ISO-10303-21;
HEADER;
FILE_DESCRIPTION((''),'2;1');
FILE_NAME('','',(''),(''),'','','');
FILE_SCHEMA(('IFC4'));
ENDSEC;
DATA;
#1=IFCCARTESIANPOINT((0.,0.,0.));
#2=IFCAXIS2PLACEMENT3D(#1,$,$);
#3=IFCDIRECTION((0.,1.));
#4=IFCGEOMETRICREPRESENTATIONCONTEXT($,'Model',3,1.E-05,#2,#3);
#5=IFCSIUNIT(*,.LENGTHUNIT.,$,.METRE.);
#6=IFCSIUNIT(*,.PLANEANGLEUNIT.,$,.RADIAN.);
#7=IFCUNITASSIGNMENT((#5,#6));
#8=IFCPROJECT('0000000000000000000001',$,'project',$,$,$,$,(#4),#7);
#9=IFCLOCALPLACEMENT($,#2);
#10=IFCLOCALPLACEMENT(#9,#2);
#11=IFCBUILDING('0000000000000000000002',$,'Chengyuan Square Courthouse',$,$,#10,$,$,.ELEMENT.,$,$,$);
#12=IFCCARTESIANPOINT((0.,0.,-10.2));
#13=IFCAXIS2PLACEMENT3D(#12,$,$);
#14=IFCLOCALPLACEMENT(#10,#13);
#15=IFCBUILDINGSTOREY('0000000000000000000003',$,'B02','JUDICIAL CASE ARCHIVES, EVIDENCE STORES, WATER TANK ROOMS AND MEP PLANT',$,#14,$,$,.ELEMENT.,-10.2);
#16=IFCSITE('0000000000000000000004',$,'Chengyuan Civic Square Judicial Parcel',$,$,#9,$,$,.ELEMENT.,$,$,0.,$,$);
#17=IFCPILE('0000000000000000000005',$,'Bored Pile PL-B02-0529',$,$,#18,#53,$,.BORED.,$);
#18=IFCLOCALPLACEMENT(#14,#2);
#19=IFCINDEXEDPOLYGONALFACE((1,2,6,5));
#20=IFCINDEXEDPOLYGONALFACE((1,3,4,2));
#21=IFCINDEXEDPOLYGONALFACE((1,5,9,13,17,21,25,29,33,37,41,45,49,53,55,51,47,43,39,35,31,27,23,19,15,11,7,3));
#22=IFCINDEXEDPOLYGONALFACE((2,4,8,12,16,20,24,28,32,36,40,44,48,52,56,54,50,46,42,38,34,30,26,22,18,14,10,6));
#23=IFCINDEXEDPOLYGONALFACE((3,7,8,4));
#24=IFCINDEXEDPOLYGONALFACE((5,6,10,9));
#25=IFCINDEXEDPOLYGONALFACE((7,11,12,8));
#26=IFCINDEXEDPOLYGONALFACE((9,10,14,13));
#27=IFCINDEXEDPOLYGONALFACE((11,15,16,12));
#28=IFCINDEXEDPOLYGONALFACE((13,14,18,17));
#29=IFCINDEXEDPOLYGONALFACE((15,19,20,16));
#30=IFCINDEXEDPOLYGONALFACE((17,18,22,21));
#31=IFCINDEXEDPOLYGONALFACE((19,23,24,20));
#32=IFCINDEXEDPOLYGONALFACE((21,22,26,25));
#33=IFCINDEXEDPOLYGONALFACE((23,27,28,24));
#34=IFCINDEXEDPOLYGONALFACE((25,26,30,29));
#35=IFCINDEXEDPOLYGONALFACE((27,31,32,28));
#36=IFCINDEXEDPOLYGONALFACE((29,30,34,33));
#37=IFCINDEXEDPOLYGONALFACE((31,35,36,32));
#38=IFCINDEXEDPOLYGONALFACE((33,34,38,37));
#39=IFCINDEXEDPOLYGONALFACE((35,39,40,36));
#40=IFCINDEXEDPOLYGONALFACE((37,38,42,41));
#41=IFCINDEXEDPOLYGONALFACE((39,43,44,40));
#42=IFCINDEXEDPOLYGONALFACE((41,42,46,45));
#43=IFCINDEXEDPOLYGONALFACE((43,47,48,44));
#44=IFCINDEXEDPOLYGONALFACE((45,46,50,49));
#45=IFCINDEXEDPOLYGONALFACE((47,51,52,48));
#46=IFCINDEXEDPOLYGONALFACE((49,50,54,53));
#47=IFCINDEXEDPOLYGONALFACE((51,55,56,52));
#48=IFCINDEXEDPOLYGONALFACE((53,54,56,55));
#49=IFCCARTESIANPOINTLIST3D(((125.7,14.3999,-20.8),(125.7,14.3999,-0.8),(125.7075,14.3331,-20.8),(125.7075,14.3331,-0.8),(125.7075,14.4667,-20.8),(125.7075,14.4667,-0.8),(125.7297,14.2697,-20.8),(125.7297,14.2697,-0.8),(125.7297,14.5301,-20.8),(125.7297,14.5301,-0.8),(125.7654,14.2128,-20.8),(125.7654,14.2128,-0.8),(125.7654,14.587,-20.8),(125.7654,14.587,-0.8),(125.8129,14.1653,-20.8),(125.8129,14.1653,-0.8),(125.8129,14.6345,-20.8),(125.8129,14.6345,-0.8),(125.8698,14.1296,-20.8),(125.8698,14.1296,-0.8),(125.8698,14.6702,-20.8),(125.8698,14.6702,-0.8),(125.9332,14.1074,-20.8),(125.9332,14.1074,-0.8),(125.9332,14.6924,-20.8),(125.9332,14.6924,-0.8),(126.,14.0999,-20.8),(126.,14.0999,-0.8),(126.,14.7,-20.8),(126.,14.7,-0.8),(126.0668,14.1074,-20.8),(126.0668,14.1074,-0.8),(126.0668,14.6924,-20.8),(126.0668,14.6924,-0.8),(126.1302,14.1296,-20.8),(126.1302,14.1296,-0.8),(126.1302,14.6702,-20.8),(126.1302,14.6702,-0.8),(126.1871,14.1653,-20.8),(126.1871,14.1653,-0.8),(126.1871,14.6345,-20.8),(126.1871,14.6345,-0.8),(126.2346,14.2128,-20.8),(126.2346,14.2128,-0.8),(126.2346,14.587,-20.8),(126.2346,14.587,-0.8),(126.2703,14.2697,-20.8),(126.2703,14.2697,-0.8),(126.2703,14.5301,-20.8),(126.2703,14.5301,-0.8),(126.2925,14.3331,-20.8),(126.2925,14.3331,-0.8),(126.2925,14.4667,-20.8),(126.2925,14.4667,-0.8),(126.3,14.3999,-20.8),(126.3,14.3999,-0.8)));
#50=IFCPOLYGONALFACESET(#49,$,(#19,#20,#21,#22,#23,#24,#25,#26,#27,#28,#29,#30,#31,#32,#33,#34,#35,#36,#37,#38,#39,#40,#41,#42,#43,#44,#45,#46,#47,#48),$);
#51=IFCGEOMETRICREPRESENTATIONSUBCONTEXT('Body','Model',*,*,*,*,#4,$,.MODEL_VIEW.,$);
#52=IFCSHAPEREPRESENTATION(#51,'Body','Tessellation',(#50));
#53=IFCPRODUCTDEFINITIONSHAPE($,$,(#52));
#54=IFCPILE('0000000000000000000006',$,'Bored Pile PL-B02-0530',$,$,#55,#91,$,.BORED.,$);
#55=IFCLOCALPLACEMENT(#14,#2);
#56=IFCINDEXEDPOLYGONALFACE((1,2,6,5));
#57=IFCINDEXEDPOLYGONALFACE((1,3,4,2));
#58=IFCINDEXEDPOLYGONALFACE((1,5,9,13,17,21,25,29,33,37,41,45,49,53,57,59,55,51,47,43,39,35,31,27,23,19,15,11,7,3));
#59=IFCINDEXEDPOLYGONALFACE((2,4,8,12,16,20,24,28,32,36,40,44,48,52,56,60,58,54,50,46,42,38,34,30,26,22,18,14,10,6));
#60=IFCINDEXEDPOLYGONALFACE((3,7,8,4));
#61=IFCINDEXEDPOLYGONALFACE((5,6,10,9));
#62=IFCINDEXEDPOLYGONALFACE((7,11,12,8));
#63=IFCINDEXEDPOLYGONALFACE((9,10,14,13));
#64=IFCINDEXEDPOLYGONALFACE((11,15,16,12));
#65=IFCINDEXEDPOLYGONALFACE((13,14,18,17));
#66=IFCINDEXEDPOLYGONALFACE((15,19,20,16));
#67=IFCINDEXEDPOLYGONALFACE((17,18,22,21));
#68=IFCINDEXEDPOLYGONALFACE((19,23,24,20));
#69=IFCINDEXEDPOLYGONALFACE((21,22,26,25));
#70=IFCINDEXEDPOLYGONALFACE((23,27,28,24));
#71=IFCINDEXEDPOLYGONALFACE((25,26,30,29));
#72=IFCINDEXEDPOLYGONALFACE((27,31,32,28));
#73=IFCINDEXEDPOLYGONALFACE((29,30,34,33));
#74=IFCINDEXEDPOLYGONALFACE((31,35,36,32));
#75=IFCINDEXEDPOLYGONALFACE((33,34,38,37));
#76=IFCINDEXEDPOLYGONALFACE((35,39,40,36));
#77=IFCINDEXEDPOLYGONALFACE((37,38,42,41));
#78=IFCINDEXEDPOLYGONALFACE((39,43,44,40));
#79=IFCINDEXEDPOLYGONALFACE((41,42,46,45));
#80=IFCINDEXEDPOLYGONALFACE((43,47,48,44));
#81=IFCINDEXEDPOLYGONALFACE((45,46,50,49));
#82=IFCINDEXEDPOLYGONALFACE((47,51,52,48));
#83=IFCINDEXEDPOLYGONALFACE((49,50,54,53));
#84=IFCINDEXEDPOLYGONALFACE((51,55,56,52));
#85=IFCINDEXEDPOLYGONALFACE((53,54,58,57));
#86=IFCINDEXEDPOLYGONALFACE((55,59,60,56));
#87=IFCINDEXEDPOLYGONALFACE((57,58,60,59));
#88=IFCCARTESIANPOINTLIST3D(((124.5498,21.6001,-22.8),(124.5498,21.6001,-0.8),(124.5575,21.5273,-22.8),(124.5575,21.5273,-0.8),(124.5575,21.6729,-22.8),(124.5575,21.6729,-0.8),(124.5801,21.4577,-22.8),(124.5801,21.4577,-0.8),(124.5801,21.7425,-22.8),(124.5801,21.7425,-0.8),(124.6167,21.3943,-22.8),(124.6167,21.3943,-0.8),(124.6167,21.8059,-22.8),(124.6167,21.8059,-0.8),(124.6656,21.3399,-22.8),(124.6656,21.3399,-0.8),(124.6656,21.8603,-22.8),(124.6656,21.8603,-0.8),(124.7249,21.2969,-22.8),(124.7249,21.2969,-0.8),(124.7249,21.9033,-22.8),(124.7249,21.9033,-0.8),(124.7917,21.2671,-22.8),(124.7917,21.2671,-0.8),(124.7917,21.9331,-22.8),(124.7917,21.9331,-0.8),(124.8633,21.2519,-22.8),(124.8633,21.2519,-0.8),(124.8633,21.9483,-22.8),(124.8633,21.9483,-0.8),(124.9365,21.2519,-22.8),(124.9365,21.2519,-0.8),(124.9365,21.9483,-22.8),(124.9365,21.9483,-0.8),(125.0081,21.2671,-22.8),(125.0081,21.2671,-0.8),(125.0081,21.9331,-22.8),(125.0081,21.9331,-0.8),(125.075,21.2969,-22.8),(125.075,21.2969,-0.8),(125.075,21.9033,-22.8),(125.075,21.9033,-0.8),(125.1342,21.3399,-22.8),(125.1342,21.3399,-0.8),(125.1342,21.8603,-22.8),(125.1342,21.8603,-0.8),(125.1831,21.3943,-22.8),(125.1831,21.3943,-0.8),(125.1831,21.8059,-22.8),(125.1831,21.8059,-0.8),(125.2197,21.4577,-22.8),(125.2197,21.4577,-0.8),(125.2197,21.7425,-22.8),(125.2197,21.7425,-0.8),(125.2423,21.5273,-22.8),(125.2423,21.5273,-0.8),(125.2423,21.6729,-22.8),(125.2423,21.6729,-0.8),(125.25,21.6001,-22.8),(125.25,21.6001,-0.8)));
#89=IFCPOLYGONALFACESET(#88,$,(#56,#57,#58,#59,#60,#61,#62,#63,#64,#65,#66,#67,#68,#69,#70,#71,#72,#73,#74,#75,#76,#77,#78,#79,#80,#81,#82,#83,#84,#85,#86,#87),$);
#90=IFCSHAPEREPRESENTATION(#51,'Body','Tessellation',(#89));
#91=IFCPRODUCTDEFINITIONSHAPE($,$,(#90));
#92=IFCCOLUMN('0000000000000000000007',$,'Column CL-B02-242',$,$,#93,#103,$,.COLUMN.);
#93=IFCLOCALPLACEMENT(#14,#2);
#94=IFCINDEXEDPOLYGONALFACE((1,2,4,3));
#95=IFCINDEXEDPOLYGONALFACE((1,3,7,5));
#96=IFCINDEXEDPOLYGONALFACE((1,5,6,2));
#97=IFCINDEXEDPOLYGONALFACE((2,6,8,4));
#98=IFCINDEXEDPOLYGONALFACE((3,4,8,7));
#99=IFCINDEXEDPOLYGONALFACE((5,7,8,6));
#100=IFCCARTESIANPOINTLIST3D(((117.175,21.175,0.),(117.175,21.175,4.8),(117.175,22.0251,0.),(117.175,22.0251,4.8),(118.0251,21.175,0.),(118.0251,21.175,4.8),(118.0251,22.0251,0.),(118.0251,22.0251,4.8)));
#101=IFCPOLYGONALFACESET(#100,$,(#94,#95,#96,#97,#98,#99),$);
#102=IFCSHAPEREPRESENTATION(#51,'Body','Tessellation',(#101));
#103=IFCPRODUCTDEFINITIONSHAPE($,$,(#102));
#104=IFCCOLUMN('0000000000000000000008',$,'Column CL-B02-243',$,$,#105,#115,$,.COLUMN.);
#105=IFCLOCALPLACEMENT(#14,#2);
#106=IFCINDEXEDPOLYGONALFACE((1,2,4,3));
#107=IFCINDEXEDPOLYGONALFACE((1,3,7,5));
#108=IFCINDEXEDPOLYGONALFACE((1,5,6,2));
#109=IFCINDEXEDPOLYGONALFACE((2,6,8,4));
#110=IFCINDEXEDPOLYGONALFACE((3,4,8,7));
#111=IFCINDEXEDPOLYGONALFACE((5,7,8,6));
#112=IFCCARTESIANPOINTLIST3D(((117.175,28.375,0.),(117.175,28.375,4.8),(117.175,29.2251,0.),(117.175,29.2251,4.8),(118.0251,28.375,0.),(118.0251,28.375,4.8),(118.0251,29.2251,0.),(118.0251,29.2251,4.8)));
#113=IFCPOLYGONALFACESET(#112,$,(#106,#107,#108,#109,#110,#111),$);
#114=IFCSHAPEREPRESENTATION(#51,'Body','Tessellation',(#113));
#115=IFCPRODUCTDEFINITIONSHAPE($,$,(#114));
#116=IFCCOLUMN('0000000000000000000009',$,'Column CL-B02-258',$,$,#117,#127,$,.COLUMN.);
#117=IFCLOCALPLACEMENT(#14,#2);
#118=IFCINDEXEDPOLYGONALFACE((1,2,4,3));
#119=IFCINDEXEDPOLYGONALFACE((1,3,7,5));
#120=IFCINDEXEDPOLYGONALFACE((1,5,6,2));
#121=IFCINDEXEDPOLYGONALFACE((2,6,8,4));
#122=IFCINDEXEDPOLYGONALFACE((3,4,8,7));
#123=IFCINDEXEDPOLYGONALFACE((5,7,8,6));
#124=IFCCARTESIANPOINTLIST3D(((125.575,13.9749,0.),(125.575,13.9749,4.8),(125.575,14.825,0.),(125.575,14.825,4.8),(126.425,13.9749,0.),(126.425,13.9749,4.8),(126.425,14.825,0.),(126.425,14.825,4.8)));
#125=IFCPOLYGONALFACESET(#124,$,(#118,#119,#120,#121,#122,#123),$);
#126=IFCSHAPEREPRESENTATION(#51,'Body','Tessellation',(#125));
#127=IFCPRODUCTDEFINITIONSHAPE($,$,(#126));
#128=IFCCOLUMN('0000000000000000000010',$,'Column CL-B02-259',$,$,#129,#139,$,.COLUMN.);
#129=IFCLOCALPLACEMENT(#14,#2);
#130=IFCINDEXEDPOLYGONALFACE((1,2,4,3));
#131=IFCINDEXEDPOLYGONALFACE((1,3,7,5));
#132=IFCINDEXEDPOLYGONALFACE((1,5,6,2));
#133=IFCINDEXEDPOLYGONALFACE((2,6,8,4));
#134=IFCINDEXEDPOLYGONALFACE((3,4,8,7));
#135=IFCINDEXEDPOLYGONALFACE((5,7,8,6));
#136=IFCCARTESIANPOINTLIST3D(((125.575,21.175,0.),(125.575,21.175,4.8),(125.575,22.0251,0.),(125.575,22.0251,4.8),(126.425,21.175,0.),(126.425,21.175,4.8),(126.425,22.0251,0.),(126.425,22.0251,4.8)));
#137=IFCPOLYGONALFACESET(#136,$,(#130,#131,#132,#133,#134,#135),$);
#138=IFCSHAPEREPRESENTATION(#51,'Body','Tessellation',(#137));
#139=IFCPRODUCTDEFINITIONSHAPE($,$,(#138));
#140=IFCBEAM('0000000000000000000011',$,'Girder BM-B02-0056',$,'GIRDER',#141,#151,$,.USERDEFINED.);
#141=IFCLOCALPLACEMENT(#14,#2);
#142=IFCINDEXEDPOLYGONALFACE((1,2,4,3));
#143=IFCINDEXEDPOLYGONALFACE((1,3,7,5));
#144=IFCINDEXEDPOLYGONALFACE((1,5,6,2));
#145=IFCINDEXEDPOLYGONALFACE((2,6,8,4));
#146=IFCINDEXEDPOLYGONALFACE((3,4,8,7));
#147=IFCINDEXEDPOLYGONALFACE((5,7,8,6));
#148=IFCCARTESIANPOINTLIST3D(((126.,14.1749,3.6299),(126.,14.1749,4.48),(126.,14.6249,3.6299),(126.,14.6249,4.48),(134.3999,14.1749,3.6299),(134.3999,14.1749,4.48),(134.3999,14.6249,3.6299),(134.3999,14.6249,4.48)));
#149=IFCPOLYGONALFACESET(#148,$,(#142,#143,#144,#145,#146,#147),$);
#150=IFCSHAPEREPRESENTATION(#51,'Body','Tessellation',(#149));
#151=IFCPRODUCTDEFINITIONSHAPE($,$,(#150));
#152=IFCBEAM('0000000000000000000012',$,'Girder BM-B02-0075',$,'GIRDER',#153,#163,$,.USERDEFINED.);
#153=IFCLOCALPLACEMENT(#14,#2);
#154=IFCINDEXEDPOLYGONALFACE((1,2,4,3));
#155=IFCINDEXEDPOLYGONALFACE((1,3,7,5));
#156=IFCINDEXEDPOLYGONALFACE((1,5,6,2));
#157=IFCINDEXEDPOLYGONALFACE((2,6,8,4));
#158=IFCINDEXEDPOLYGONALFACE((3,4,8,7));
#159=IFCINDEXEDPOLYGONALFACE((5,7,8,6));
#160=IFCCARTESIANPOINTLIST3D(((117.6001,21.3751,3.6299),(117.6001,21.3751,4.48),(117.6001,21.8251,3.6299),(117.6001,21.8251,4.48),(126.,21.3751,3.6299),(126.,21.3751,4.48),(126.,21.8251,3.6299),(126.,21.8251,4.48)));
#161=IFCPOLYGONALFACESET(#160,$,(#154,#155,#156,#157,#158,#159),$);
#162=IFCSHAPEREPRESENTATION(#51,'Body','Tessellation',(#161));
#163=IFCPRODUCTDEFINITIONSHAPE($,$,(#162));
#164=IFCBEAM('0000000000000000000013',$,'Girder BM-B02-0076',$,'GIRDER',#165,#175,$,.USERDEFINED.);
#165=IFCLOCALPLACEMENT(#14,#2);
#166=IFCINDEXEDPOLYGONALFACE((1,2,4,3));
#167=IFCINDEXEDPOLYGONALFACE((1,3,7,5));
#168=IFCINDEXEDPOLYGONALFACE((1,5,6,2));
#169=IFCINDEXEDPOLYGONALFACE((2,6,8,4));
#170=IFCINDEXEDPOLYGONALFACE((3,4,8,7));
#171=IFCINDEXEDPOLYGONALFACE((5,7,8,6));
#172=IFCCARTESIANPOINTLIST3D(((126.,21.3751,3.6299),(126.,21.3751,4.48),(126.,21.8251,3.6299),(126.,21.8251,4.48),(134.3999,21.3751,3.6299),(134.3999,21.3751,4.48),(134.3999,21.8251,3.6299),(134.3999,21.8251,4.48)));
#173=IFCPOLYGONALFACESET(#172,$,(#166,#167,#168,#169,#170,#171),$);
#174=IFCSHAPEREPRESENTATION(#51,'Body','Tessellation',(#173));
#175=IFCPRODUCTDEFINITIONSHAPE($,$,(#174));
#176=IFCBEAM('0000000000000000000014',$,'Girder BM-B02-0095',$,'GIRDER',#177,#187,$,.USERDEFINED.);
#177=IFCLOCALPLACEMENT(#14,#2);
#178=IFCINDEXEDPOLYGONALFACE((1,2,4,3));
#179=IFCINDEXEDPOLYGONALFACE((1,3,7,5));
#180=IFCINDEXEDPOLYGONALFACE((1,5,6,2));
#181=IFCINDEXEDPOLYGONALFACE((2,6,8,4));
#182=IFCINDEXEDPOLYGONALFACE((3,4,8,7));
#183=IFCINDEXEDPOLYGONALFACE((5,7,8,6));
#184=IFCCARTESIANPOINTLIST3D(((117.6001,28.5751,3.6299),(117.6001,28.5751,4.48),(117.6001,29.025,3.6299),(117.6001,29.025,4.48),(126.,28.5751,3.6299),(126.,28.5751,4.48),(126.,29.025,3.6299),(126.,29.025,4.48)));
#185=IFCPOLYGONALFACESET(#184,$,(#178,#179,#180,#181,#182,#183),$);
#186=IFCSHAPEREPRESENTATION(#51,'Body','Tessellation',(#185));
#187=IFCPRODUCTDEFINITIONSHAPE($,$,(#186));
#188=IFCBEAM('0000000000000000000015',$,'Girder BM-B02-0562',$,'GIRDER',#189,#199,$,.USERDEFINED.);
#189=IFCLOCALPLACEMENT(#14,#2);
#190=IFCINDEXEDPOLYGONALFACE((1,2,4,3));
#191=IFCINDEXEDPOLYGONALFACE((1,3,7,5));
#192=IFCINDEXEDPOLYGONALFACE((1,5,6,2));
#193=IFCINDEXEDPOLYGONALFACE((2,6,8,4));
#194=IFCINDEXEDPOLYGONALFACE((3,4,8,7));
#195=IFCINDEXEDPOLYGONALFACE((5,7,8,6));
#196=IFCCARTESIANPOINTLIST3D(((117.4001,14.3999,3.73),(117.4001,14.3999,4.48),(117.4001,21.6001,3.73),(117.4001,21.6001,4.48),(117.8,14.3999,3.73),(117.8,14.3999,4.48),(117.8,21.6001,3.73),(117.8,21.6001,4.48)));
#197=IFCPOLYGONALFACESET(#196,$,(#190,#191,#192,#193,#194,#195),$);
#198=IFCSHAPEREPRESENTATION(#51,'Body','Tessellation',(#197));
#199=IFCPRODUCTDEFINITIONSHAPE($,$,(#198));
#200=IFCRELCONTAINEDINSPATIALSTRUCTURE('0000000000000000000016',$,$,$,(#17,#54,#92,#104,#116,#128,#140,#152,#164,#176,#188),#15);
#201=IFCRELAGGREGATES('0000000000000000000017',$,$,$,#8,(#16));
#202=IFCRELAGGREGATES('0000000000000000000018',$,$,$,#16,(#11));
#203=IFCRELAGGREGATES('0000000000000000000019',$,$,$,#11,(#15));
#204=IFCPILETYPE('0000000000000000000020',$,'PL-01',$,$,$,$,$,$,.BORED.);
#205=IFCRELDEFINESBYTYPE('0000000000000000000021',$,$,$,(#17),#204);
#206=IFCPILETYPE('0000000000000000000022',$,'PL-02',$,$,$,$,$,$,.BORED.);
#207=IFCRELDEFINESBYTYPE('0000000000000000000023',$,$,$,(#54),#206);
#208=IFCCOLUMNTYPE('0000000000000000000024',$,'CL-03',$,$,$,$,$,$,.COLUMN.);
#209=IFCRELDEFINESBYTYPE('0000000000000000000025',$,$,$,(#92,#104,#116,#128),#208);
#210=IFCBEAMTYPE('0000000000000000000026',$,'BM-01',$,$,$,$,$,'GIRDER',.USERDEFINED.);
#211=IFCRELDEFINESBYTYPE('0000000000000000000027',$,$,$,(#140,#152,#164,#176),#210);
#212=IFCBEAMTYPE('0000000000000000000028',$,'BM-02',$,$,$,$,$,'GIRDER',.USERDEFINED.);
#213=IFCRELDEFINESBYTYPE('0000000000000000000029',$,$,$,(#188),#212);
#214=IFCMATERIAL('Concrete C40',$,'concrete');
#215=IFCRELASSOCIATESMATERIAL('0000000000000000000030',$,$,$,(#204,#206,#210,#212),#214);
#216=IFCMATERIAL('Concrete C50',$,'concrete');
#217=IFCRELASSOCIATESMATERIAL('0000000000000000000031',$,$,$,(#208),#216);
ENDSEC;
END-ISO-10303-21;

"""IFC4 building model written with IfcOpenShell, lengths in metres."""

from ifc_helpers import new_model, si_unit, direction, frame, origin, origin_2d, place, context, subcontext, project, spatial, rectangle, circle, extrude, material, material_profile, profile_set, type_object, element, save


model = new_model("IFC4")

# Units and contexts
model_context = context("Model", 3, precision=1e-05, world=origin(), true_north=direction((0.0, 1.0)))
body_context = subcontext(model_context, "Body", "Model", "MODEL_VIEW")
ifc_project = project(units=[si_unit("LENGTHUNIT", "METRE"), si_unit("PLANEANGLEUNIT", "RADIAN")], contexts=[model_context])

# Site, building, storey
site_placement = place(None, origin())
site = spatial("IfcSite", under=ifc_project, at=site_placement, Name="Chengyuan Civic Square Judicial Parcel", CompositionType="ELEMENT", RefElevation=0.0)
building_placement = place(site_placement, origin())
building = spatial("IfcBuilding", under=site, at=building_placement, Name="Chengyuan Square Courthouse", CompositionType="ELEMENT")
storey_placement = place(building_placement, frame((0.0, 0.0, -10.2)))
storey = spatial("IfcBuildingStorey", under=building, at=storey_placement, Name="B02", Description="JUDICIAL CASE ARCHIVES, EVIDENCE STORES, WATER TANK ROOMS AND MEP PLANT", CompositionType="ELEMENT", Elevation=-10.2)

# Shared definitions
ifc_material_1 = material(Name="Concrete C40", Category="concrete")

# Piles
ifc_material_profile_1 = material_profile(ifc_material_1, circle(Radius=0.3, at=origin_2d()), Name="BORED PILE D600")
ifc_profile_set_1 = profile_set([ifc_material_profile_1], Name="Concrete C40")
pile_type_1 = type_object("IfcPileType", Name="PL-01", PredefinedType="BORED", material=ifc_profile_set_1)
for number, where, z_axis, x_axis, name in (
    (1, (126.0, 14.3999, -0.8), (0.0, 0.0, -1.0), (1.0, 0.0, 0.0), "Bored Pile PL-B02-0529"),
):
    element("IfcPile", number, at=place(storey_placement, frame(where, z_axis=z_axis, x_axis=x_axis)), inside=storey, type_object=pile_type_1, Name=name, PredefinedType="BORED", context=body_context, shape_type="SweptSolid", body=[
        extrude(circle(Radius=0.3, at=origin_2d()), origin(), (0.0, 0.0, 1.0), 20.0),
    ])
ifc_material_profile_2 = material_profile(ifc_material_1, circle(Radius=0.3501, at=origin_2d()), Name="BORED PILE D700")
ifc_profile_set_2 = profile_set([ifc_material_profile_2], Name="Concrete C40")
pile_type_2 = type_object("IfcPileType", Name="PL-02", PredefinedType="BORED", material=ifc_profile_set_2)
pile_placement = place(storey_placement, frame((124.8999, 21.6001, -0.8), z_axis=(0.0, 0.0, -1.0), x_axis=(1.0, 0.0, 0.0)))
element("IfcPile", 2, at=pile_placement, inside=storey, type_object=pile_type_2, Name="Bored Pile PL-B02-0530", PredefinedType="BORED", context=body_context, shape_type="SweptSolid", body=[
    extrude(circle(Radius=0.3501, at=origin_2d()), origin(), (0.0, 0.0, 1.0), 22.0),
])

# Columns
ifc_material_2 = material(Name="Concrete C50", Category="concrete")
ifc_material_profile_3 = material_profile(ifc_material_2, rectangle(XDim=0.8501, YDim=0.8501, at=origin_2d()), Name="RC-COL-850x850")
ifc_profile_set_3 = profile_set([ifc_material_profile_3], Name="Concrete C50")
column_type = type_object("IfcColumnType", Name="CL-03", PredefinedType="COLUMN", material=ifc_profile_set_3)
for number, where, z_axis, x_axis, name in (
    (3, (117.6001, 21.6001, 0.0), (0.0, 0.0, 1.0), (1.0, 0.0, 0.0), "Column CL-B02-242"),
    (4, (117.6001, 28.8, 0.0), (0.0, 0.0, 1.0), (1.0, 0.0, 0.0), "Column CL-B02-243"),
    (5, (126.0, 14.3999, 0.0), (0.0, 0.0, 1.0), (1.0, 0.0, 0.0), "Column CL-B02-258"),
    (6, (126.0, 21.6001, 0.0), (0.0, 0.0, 1.0), (1.0, 0.0, 0.0), "Column CL-B02-259"),
):
    element("IfcColumn", number, at=place(storey_placement, frame(where, z_axis=z_axis, x_axis=x_axis)), inside=storey, type_object=column_type, Name=name, PredefinedType="COLUMN", context=body_context, shape_type="SweptSolid", body=[
        extrude(rectangle(XDim=0.8501, YDim=0.8501, at=origin_2d()), origin(), (0.0, 0.0, 1.0), 4.8),
    ])

# Beams
ifc_material_profile_4 = material_profile(ifc_material_1, rectangle(XDim=0.45, YDim=0.8501, at=origin_2d()), Name="RC-BM-450x850")
ifc_profile_set_4 = profile_set([ifc_material_profile_4], Name="Concrete C40")
beam_type_1 = type_object("IfcBeamType", Name="BM-01", ElementType="GIRDER", PredefinedType="USERDEFINED", material=ifc_profile_set_4)
for number, where, z_axis, x_axis, name in (
    (7, (126.0, 14.3999, 4.0549), (1.0, 0.0, 0.0), (0.0, 1.0, 0.0), "Girder BM-B02-0056"),
    (8, (117.6001, 21.6001, 4.0549), (1.0, 0.0, 0.0), (0.0, 1.0, 0.0), "Girder BM-B02-0075"),
    (9, (126.0, 21.6001, 4.0549), (1.0, 0.0, 0.0), (0.0, 1.0, 0.0), "Girder BM-B02-0076"),
    (10, (117.6001, 28.8, 4.0549), (1.0, 0.0, 0.0), (0.0, 1.0, 0.0), "Girder BM-B02-0095"),
):
    element("IfcBeam", number, at=place(storey_placement, frame(where, z_axis=z_axis, x_axis=x_axis)), inside=storey, type_object=beam_type_1, Name=name, ObjectType="GIRDER", PredefinedType="USERDEFINED", context=body_context, shape_type="SweptSolid", body=[
        extrude(rectangle(XDim=0.45, YDim=0.8501, at=origin_2d()), origin(), (0.0, 0.0, 1.0), 8.3999),
    ])
ifc_material_profile_5 = material_profile(ifc_material_1, rectangle(XDim=0.3999, YDim=0.75, at=origin_2d()), Name="RC-BM-400x750")
ifc_profile_set_5 = profile_set([ifc_material_profile_5], Name="Concrete C40")
beam_type_2 = type_object("IfcBeamType", Name="BM-02", ElementType="GIRDER", PredefinedType="USERDEFINED", material=ifc_profile_set_5)
beam_1_placement = place(storey_placement, frame((117.6001, 14.3999, 4.105), z_axis=(0.0, 1.0, 0.0), x_axis=(-1.0, 0.0, 0.0)))
element("IfcBeam", 11, at=beam_1_placement, inside=storey, type_object=beam_type_2, Name="Girder BM-B02-0562", ObjectType="GIRDER", PredefinedType="USERDEFINED", context=body_context, shape_type="SweptSolid", body=[
    extrude(rectangle(XDim=0.3999, YDim=0.75, at=origin_2d()), origin(), (0.0, 0.0, 1.0), 7.2002),
])

save(model, "model.ifc")
